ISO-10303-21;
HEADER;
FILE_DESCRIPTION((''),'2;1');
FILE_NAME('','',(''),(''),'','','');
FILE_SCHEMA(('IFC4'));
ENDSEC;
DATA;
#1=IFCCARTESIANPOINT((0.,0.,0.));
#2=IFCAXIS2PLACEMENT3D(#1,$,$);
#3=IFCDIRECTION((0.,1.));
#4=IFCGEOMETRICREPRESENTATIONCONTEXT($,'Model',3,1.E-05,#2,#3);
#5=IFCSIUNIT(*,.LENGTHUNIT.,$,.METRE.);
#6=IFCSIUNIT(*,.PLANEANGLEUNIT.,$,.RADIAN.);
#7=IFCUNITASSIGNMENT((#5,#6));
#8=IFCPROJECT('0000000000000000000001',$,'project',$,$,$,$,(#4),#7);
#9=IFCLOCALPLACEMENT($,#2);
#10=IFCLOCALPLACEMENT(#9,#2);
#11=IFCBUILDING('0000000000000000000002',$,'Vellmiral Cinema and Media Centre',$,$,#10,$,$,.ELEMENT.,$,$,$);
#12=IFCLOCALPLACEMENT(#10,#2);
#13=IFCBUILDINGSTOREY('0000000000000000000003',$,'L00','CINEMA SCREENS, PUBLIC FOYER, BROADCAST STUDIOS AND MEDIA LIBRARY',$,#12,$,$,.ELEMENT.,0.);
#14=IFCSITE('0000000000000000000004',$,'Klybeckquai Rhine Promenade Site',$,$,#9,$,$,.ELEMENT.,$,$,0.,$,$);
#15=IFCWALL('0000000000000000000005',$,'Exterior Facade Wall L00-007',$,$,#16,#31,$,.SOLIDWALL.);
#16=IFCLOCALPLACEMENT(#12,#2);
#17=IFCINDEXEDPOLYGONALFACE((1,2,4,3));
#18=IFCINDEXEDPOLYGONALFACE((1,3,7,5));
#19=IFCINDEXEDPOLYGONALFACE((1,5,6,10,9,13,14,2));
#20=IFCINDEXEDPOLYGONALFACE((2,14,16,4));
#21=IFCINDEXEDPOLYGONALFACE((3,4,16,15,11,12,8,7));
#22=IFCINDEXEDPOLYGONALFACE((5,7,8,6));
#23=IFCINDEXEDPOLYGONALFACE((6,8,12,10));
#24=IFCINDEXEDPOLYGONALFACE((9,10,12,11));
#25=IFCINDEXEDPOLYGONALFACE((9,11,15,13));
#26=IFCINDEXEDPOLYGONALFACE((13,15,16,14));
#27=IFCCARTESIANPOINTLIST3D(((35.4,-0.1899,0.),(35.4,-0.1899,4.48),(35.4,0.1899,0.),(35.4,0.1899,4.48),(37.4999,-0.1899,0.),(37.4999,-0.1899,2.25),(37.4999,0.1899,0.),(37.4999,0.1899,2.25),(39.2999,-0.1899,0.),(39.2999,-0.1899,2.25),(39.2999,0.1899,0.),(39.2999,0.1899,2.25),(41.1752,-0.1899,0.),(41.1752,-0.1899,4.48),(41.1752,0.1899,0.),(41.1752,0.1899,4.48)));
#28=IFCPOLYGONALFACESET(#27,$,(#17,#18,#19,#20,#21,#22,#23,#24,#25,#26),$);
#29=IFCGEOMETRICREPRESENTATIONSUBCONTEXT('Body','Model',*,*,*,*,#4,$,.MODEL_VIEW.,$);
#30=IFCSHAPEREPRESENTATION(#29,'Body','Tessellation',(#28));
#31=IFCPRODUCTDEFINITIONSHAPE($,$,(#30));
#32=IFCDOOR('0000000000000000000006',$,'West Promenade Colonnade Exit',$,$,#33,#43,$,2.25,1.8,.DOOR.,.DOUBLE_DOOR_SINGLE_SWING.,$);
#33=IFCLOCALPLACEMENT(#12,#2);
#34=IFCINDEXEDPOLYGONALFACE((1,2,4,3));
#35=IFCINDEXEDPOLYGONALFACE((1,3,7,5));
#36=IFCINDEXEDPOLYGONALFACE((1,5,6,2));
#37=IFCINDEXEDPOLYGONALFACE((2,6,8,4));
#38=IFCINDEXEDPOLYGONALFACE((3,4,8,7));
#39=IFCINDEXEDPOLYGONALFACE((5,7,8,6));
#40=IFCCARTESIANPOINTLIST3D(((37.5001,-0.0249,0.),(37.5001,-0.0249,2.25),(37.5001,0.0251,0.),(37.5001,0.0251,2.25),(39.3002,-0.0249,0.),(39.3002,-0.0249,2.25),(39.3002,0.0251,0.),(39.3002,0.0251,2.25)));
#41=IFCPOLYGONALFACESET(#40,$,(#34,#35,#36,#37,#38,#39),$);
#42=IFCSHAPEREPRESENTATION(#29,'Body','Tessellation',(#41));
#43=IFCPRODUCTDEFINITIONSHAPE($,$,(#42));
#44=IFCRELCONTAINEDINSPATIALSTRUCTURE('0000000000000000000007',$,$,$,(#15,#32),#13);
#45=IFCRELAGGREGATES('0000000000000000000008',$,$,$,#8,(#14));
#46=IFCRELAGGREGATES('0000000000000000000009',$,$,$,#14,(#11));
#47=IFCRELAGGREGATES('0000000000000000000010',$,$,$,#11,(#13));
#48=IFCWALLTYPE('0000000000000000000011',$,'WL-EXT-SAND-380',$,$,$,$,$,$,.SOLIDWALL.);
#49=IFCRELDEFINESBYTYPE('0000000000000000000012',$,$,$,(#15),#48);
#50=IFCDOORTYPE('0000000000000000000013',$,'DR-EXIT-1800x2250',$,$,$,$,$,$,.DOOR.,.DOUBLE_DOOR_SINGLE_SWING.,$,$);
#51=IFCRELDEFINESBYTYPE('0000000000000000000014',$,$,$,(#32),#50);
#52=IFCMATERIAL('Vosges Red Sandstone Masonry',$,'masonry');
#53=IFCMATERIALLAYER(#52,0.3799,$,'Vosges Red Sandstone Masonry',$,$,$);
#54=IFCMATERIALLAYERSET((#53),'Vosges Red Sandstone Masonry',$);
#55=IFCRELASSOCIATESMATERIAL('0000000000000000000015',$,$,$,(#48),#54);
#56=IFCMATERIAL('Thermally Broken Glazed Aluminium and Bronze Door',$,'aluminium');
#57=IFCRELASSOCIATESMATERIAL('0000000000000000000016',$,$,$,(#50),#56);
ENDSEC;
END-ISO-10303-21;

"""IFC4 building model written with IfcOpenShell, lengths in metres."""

from ifc_helpers import new_model, si_unit, direction, frame, frame_2d, origin, place, context, subcontext, project, spatial, rectangle, extrude, material, layer, layer_set, type_object, element, fill, save


model = new_model("IFC4")

# Units and contexts
model_context = context("Model", 3, precision=1e-05, world=origin(), true_north=direction((0.0, 1.0)))
body_context = subcontext(model_context, "Body", "Model", "MODEL_VIEW")
ifc_project = project(units=[si_unit("LENGTHUNIT", "METRE"), si_unit("PLANEANGLEUNIT", "RADIAN")], contexts=[model_context])

# Site, building, storey
site_placement = place(None, origin())
site = spatial("IfcSite", under=ifc_project, at=site_placement, Name="Klybeckquai Rhine Promenade Site", CompositionType="ELEMENT", RefElevation=0.0)
building_placement = place(site_placement, origin())
building = spatial("IfcBuilding", under=site, at=building_placement, Name="Vellmiral Cinema and Media Centre", CompositionType="ELEMENT")
storey_placement = place(building_placement, origin())
storey = spatial("IfcBuildingStorey", under=building, at=storey_placement, Name="L00", Description="CINEMA SCREENS, PUBLIC FOYER, BROADCAST STUDIOS AND MEDIA LIBRARY", CompositionType="ELEMENT", Elevation=0.0)

# Wall, opening, door
ifc_material_1 = material(Name="Vosges Red Sandstone Masonry", Category="masonry")
ifc_layer_1 = layer(ifc_material_1, 0.3799, Name="Vosges Red Sandstone Masonry")
ifc_layer_set_1 = layer_set([ifc_layer_1], Name="Vosges Red Sandstone Masonry")
wall_type_1 = type_object("IfcWallType", Name="WL-EXT-SAND-380", PredefinedType="SOLIDWALL", material=ifc_layer_set_1)
wall_1_placement = place(storey_placement, frame((35.3999, 0.0, 0.0), z_axis=(0.0, 0.0, 1.0), x_axis=(1.0, 0.0, 0.0)))
wall_1 = element("IfcWall", 1, at=wall_1_placement, inside=storey, type_object=wall_type_1, Name="Exterior Facade Wall L00-007", PredefinedType="SOLIDWALL", context=body_context, shape_type="SweptSolid", body=[
    extrude(rectangle(XDim=5.7751, YDim=0.3799, at=frame_2d((2.8877, 0.0))), origin(), (0.0, 0.0, 1.0), 4.48),
])
opening_1_placement = place(wall_1_placement, frame((2.1001, 0.0, 0.0)))
opening_1 = element("IfcOpeningElement", 2, at=opening_1_placement, cuts=wall_1, PredefinedType="OPENING", context=body_context, shape_type="SweptSolid", body=[
    extrude(rectangle(XDim=1.8, YDim=2.25, at=frame_2d((0.8999, 1.125))), frame((0.0, 0.2019, 0.0), z_axis=(0.0, -1.0, 0.0), x_axis=(1.0, 0.0, 0.0)), (0.0, 0.0, 1.0), 0.4038),
])
ifc_material_2 = material(Name="Thermally Broken Glazed Aluminium and Bronze Door", Category="aluminium")
door_type_1 = type_object("IfcDoorType", Name="DR-EXIT-1800x2250", OperationType="DOUBLE_DOOR_SINGLE_SWING", PredefinedType="DOOR", material=ifc_material_2)
door_1_placement = place(opening_1_placement, frame((1.8, 0.0, 0.0), z_axis=(0.0, 0.0, 1.0), x_axis=(-1.0, 0.0, 0.0)))
door_1 = element("IfcDoor", 3, at=door_1_placement, inside=storey, type_object=door_type_1, Name="West Promenade Colonnade Exit", OperationType="DOUBLE_DOOR_SINGLE_SWING", OverallHeight=2.25, OverallWidth=1.8, PredefinedType="DOOR", context=body_context, shape_type="SweptSolid", body=[
    extrude(rectangle(XDim=1.8, YDim=2.25, at=frame_2d((0.8999, 1.125))), frame((0.0, 0.0249, 0.0), z_axis=(0.0, -1.0, 0.0), x_axis=(1.0, 0.0, 0.0)), (0.0, 0.0, 1.0), 0.05),
])
fill(opening_1, door_1)

save(model, "model.ifc")
